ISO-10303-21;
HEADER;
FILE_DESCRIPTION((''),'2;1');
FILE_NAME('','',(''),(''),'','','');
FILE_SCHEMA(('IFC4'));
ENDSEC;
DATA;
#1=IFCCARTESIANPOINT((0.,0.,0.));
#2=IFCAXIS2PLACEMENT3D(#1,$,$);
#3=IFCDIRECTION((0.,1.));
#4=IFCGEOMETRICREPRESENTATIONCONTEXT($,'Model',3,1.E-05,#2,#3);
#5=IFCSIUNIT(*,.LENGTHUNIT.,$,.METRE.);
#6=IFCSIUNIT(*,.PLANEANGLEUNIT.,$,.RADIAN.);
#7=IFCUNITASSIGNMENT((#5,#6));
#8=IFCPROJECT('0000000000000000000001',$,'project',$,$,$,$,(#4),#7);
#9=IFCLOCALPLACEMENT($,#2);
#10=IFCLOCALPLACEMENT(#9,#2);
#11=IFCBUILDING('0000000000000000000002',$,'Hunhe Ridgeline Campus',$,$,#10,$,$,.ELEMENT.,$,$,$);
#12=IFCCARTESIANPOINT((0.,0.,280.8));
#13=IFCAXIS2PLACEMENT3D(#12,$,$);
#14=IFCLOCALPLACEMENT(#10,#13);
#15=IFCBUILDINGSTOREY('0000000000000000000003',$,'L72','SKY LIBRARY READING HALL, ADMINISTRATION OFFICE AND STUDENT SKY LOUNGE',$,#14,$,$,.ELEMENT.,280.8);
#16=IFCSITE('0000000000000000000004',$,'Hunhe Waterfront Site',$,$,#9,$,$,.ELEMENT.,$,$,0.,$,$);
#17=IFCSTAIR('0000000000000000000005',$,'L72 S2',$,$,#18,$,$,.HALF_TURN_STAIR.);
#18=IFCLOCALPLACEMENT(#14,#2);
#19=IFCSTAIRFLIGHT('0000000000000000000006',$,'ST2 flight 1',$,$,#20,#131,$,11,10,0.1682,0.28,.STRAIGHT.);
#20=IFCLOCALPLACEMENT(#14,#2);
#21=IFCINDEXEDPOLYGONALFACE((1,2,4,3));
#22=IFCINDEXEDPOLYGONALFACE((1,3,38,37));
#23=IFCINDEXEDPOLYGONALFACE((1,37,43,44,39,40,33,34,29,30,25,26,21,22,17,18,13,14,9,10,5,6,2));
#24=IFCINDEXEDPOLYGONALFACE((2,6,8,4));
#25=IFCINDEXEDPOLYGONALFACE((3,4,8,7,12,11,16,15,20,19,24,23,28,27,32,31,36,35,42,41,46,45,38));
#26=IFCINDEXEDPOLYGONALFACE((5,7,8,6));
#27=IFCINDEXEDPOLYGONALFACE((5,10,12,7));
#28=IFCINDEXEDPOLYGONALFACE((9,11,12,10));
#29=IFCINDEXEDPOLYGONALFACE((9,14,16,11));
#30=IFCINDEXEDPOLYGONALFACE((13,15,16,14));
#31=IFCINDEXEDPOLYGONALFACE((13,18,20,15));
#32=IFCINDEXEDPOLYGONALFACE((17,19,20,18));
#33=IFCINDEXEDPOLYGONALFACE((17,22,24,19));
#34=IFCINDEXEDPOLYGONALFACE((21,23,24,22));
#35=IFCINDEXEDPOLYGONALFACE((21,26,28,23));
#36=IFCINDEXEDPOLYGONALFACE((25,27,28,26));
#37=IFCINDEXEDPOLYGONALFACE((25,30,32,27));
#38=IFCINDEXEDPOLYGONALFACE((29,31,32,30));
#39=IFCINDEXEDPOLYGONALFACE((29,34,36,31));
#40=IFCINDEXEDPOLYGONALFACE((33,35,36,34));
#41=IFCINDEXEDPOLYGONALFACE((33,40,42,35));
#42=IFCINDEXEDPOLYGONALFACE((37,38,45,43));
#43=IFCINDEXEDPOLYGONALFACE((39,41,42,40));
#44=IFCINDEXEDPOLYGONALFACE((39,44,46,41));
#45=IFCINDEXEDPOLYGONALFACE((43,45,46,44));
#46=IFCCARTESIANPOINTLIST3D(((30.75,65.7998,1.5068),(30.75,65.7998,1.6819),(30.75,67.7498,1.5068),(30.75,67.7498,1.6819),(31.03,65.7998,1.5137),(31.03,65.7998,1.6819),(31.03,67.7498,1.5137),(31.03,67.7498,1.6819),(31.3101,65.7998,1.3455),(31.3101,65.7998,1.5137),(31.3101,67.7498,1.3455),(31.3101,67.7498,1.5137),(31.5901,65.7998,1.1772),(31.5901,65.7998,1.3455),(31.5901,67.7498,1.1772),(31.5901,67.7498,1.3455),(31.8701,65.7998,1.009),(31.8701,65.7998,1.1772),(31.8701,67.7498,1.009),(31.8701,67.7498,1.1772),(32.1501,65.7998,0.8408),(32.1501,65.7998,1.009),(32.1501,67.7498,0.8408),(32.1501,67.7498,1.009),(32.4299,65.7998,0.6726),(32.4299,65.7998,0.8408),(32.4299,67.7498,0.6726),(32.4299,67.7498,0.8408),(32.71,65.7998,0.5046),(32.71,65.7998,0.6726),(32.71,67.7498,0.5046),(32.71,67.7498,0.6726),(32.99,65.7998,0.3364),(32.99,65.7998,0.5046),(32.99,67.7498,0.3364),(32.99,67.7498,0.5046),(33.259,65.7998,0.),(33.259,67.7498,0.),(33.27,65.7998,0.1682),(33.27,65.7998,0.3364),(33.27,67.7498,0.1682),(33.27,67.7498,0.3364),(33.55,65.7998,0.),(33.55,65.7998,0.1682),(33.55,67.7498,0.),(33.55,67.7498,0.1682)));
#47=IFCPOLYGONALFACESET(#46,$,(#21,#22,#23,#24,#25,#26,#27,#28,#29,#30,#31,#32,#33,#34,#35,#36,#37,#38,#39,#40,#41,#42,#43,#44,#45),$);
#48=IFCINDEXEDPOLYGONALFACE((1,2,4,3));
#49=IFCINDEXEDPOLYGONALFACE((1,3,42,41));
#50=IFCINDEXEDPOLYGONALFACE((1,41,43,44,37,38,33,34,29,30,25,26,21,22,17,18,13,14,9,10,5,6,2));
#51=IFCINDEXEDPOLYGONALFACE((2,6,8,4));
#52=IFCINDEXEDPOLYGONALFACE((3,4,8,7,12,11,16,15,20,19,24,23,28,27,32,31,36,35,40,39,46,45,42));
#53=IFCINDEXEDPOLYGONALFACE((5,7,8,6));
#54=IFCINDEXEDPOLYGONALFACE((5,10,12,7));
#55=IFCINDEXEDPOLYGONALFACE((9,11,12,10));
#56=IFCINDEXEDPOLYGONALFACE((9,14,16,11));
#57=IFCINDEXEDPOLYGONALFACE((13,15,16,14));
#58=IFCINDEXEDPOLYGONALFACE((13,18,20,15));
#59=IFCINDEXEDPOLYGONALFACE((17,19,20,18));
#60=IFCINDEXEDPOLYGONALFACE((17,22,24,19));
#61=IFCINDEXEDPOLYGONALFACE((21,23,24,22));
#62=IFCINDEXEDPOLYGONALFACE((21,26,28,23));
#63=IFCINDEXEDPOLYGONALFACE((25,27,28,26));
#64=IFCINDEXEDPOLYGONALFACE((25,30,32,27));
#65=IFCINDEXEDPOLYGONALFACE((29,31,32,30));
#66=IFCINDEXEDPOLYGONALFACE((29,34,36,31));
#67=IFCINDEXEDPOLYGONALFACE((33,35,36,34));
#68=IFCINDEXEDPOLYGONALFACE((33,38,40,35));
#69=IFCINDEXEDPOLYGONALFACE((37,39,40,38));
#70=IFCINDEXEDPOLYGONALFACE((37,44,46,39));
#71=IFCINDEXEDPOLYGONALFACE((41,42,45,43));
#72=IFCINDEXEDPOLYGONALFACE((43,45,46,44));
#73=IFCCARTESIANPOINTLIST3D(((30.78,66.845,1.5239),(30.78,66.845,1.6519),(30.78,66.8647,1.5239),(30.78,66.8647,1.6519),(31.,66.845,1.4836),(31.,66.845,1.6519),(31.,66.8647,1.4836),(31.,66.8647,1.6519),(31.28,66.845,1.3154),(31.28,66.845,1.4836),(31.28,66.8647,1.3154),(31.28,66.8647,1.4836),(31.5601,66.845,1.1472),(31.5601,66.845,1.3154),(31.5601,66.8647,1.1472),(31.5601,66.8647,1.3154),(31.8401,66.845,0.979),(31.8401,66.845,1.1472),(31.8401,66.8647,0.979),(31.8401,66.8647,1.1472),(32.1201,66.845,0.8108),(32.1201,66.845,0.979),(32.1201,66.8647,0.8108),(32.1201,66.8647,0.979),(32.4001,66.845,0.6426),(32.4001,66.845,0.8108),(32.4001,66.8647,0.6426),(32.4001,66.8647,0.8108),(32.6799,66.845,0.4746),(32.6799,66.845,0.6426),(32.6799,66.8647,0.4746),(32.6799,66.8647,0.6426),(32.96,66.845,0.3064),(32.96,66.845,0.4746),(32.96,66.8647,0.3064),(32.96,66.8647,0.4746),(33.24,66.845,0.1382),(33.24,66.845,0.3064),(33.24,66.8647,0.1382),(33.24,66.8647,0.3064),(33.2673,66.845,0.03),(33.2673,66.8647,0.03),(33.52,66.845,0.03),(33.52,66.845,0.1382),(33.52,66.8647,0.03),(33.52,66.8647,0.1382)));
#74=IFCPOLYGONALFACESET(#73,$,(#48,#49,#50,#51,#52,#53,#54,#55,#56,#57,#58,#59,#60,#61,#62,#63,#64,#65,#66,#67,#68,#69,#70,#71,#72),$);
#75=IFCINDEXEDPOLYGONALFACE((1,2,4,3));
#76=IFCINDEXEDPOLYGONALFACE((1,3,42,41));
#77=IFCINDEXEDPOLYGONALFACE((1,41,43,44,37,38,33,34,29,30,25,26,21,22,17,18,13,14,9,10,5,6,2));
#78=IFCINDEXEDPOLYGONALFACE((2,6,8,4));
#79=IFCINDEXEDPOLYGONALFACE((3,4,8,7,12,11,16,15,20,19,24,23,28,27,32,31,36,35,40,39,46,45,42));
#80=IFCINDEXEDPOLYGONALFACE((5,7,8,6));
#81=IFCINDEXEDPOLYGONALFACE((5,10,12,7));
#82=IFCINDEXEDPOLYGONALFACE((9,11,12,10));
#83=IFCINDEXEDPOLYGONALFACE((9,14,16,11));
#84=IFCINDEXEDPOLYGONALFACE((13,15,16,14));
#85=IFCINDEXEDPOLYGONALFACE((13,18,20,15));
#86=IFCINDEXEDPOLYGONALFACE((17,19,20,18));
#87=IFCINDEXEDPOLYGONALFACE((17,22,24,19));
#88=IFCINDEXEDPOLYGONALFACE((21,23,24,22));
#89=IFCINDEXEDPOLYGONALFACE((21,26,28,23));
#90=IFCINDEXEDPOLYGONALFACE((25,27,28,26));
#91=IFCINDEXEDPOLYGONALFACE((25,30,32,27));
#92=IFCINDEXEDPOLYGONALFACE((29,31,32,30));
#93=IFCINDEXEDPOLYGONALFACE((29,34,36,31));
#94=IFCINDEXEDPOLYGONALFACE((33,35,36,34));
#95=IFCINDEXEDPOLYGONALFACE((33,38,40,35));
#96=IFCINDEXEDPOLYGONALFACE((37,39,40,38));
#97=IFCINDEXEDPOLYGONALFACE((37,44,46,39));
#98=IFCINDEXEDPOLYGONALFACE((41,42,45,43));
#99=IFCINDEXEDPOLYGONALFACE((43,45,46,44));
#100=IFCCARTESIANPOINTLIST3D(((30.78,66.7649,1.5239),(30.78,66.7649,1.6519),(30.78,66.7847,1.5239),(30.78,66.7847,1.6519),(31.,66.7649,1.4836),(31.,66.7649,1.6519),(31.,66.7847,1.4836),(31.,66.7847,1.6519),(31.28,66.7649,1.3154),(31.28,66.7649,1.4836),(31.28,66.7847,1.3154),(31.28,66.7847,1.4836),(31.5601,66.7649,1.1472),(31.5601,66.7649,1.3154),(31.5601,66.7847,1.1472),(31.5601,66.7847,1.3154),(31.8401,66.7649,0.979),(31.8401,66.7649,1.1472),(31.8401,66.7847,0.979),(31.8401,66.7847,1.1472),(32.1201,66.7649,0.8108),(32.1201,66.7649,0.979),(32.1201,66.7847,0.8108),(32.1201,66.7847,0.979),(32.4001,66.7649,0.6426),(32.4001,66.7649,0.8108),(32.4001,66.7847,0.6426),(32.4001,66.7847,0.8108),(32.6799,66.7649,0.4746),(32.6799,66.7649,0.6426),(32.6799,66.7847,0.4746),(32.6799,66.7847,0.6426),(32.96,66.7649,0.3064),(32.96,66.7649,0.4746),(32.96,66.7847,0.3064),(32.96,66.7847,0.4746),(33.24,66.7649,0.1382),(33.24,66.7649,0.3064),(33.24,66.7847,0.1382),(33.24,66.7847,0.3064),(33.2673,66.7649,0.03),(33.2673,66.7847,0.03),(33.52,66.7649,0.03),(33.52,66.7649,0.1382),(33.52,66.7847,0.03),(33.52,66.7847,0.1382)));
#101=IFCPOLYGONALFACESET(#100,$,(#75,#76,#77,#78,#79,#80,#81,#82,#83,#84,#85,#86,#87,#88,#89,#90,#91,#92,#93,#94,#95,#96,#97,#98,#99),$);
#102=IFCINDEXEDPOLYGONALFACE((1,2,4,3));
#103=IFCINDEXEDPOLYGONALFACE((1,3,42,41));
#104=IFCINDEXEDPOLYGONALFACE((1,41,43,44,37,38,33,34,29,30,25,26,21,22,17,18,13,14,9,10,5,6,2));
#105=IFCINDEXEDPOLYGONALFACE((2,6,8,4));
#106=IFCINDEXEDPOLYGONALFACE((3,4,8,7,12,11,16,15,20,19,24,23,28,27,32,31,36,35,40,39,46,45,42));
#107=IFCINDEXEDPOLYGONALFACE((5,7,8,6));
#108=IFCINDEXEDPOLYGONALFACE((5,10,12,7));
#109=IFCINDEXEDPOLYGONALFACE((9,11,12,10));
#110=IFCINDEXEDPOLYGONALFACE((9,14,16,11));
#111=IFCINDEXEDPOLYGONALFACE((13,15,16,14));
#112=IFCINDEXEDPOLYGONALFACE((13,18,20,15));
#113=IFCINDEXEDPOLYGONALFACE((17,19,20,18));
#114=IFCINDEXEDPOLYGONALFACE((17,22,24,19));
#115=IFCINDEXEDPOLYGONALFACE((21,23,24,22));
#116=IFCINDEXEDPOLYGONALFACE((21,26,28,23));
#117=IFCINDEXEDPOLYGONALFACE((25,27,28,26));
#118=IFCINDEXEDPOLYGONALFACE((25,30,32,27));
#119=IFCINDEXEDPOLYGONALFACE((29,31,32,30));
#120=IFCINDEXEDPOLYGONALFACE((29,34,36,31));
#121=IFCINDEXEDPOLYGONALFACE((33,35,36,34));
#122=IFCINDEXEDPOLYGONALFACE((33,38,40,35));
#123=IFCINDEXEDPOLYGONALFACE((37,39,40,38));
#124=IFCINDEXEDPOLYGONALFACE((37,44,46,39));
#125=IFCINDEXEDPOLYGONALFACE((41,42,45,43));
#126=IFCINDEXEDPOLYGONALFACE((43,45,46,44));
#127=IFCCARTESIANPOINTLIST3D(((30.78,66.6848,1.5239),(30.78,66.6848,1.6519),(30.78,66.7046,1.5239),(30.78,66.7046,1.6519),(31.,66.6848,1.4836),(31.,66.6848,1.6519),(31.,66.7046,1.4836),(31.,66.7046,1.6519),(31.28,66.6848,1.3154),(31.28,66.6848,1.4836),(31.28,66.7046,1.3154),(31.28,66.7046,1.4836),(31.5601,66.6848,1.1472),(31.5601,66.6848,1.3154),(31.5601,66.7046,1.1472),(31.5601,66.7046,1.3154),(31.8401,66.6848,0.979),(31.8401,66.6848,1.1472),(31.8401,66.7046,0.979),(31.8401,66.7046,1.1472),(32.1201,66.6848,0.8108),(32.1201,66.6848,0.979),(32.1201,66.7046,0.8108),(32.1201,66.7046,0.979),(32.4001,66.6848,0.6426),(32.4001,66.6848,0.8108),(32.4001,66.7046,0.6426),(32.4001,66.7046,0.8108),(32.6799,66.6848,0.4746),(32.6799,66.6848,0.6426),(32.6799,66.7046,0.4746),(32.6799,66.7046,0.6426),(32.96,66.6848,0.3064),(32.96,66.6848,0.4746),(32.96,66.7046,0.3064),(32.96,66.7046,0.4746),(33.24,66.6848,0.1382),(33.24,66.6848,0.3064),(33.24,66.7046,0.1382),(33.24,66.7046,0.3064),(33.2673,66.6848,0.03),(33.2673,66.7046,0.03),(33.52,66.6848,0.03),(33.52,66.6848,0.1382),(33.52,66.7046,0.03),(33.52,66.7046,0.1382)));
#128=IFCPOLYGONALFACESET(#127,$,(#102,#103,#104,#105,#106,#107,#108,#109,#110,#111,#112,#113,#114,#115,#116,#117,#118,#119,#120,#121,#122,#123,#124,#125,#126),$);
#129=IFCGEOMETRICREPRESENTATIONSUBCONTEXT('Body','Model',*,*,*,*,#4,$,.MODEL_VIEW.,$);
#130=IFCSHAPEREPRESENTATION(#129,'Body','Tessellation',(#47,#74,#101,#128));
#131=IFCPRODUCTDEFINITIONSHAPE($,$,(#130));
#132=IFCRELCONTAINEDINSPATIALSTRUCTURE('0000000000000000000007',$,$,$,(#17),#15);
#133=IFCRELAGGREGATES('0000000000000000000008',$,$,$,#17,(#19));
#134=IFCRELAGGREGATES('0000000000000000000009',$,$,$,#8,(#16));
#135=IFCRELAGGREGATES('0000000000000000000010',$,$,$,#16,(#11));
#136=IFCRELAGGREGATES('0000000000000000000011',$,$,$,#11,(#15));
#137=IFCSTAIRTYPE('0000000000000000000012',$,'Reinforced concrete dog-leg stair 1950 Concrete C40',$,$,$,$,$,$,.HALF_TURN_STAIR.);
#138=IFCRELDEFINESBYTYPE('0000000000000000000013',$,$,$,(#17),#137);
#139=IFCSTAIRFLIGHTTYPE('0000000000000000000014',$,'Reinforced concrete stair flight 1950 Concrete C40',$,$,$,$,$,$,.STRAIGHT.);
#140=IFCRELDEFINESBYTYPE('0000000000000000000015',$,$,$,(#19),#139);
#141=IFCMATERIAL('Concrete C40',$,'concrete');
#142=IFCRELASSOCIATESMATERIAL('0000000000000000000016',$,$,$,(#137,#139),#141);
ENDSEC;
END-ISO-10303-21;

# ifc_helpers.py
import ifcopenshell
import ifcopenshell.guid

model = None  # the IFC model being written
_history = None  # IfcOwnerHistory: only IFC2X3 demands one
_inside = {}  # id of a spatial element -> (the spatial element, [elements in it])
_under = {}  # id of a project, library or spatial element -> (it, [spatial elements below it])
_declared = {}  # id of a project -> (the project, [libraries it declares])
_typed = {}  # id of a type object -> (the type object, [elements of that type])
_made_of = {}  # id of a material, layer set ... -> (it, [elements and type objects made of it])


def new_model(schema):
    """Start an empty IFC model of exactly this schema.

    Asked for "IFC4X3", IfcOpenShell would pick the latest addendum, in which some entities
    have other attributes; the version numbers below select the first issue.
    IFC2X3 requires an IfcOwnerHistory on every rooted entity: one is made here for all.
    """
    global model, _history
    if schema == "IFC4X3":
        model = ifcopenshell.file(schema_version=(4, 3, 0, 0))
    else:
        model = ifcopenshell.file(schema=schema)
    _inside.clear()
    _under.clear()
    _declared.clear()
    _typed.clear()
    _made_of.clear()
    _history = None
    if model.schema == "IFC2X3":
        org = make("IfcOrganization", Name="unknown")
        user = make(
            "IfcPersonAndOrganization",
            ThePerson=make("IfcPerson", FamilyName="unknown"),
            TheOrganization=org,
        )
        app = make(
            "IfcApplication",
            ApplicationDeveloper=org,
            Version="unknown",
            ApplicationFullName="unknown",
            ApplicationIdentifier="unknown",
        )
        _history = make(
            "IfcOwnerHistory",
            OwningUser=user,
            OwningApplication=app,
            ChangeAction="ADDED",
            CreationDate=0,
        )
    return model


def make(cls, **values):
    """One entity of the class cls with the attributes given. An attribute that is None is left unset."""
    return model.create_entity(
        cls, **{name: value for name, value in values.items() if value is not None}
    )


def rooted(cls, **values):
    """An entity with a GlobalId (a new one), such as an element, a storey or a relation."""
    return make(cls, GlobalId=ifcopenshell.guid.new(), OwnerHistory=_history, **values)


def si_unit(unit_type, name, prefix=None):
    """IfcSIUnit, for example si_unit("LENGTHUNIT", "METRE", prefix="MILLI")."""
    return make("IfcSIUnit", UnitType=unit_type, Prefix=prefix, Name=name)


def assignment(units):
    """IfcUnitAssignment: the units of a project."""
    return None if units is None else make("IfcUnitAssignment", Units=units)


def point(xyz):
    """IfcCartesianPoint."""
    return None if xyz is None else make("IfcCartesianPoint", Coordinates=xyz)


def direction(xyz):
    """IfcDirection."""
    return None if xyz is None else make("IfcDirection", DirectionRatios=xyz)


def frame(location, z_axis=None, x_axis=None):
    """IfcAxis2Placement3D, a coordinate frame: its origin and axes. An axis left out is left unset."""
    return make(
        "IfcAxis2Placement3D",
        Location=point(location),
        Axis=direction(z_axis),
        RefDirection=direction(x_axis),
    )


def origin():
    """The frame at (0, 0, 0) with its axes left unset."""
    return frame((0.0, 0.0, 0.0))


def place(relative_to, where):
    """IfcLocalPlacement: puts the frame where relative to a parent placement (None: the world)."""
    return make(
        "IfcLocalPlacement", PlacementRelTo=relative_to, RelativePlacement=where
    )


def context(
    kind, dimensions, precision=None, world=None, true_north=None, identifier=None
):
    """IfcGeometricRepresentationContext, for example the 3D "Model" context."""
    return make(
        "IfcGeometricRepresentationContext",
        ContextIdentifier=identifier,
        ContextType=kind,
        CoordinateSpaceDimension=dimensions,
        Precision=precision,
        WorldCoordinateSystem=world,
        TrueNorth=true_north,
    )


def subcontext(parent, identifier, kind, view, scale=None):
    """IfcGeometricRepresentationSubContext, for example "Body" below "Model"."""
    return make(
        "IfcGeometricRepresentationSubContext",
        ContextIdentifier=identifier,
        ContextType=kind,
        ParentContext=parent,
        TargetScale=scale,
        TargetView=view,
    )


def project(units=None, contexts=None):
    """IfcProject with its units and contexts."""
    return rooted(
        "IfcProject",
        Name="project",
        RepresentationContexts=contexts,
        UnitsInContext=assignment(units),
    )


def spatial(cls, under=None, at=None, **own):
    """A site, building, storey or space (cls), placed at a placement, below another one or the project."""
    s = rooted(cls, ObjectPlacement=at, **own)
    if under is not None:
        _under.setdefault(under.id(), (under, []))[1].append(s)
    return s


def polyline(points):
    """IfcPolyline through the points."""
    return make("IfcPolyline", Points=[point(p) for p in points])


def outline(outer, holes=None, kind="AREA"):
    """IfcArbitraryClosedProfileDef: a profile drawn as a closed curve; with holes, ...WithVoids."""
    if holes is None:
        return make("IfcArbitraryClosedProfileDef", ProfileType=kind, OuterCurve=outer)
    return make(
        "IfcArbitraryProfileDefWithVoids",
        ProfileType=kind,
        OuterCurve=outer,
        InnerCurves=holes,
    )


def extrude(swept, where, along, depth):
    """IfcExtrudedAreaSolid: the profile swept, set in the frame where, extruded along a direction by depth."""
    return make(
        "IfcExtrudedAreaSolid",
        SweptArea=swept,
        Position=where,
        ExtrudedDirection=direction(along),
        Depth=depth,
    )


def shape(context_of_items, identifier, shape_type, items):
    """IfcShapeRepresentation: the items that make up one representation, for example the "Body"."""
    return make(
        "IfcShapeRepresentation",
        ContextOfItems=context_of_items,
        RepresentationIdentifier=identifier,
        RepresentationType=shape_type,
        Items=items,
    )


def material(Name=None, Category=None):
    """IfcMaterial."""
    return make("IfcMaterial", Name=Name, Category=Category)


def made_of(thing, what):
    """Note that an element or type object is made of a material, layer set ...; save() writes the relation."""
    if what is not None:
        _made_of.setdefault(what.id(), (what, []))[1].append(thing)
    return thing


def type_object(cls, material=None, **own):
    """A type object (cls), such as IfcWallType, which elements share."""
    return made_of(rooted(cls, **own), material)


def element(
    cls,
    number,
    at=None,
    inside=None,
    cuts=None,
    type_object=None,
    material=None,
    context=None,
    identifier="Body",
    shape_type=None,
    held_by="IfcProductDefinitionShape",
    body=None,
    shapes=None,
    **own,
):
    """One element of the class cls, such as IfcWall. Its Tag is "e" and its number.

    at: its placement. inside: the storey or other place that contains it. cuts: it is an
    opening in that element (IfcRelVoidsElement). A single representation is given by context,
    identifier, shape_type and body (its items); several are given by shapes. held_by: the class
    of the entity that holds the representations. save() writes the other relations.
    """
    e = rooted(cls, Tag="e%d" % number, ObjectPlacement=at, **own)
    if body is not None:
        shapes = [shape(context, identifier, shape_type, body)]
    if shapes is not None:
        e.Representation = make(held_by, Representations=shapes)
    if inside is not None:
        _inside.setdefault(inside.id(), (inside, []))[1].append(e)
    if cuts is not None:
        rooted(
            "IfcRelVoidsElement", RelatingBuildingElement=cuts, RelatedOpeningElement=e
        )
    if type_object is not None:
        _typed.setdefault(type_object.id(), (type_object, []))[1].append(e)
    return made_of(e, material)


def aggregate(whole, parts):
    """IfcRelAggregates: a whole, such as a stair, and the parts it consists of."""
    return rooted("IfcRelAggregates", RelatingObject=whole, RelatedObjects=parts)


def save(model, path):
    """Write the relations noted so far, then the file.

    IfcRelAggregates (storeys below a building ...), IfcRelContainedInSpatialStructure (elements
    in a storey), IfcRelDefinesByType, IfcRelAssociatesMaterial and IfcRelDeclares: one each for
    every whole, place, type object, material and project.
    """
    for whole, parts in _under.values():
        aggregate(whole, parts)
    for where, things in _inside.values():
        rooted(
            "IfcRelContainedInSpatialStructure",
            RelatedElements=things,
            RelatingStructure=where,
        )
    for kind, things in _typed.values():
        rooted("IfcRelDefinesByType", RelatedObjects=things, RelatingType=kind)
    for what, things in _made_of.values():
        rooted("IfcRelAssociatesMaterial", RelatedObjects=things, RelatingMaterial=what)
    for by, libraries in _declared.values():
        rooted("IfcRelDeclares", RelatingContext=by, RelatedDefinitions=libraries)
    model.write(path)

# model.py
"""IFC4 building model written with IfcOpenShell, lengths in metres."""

from ifc_helpers import new_model, si_unit, direction, frame, origin, place, context, subcontext, project, spatial, polyline, outline, extrude, material, type_object, element, aggregate, save


model = new_model("IFC4")

# Units and contexts
model_context = context("Model", 3, precision=1e-05, world=origin(), true_north=direction((0.0, 1.0)))
body_context = subcontext(model_context, "Body", "Model", "MODEL_VIEW")
ifc_project = project(units=[si_unit("LENGTHUNIT", "METRE"), si_unit("PLANEANGLEUNIT", "RADIAN")], contexts=[model_context])

# Site, building, storey
site_placement = place(None, origin())
site = spatial("IfcSite", under=ifc_project, at=site_placement, Name="Hunhe Waterfront Site", CompositionType="ELEMENT", RefElevation=0.0)
building_placement = place(site_placement, origin())
building = spatial("IfcBuilding", under=site, at=building_placement, Name="Hunhe Ridgeline Campus", CompositionType="ELEMENT")
storey_placement = place(building_placement, frame((0.0, 0.0, 280.8)))
storey = spatial("IfcBuildingStorey", under=building, at=storey_placement, Name="L72", Description="SKY LIBRARY READING HALL, ADMINISTRATION OFFICE AND STUDENT SKY LOUNGE", CompositionType="ELEMENT", Elevation=280.8)

# Stair, stair flight
ifc_material_1 = material(Name="Concrete C40", Category="concrete")
stair_type = type_object("IfcStairType", Name="Reinforced concrete dog-leg stair 1950 Concrete C40", PredefinedType="HALF_TURN_STAIR", material=ifc_material_1)
stair_placement = place(storey_placement, origin())
stair = element("IfcStair", 1, at=stair_placement, inside=storey, type_object=stair_type, Name="L72 S2", PredefinedType="HALF_TURN_STAIR")
stair_flight_type = type_object("IfcStairFlightType", Name="Reinforced concrete stair flight 1950 Concrete C40", PredefinedType="STRAIGHT", material=ifc_material_1)
stair_flight_placement = place(storey_placement, frame((33.55, 66.7749, 0.0), z_axis=(0.0, 0.0, 1.0), x_axis=(-1.0, 0.0, 0.0)))
stair_flight = element("IfcStairFlight", 2, at=stair_flight_placement, type_object=stair_flight_type, Name="ST2 flight 1", NumberOfRisers=11, NumberOfTreads=10, PredefinedType="STRAIGHT", RiserHeight=0.1682, TreadLength=0.28, context=body_context, shape_type="SweptSolid", body=[
    extrude(outline(polyline([(0.0, 0.0), (0.0, 0.1682), (0.28, 0.1682), (0.28, 0.3364), (0.5601, 0.3364), (0.5601, 0.5046), (0.8401, 0.5046), (0.8401, 0.6726), (1.1201, 0.6726), (1.1201, 0.8408), (1.3999, 0.8408), (1.3999, 1.009), (1.6799, 1.009), (1.6799, 1.1772), (1.96, 1.1772), (1.96, 1.3455), (2.24, 1.3455), (2.24, 1.5137), (2.52, 1.5137), (2.52, 1.6819), (2.8, 1.6819), (2.8, 1.8501), (2.8, 1.5068), (0.291, 0.0), (0.0, 0.0)])), frame((0.0, 0.9751, 0.0), z_axis=(0.0, -1.0, 0.0), x_axis=(1.0, 0.0, 0.0)), (0.0, 0.0, 1.0), 1.95),
    extrude(outline(polyline([(0.03, 0.03), (0.03, 0.1382), (0.3101, 0.1382), (0.3101, 0.3064), (0.5901, 0.3064), (0.5901, 0.4746), (0.8701, 0.4746), (0.8701, 0.6426), (1.1499, 0.6426), (1.1499, 0.8108), (1.4299, 0.8108), (1.4299, 0.979), (1.71, 0.979), (1.71, 1.1472), (1.99, 1.1472), (1.99, 1.3154), (2.27, 1.3154), (2.27, 1.4836), (2.55, 1.4836), (2.55, 1.6519), (2.77, 1.6519), (2.77, 1.5239), (0.2827, 0.03), (0.03, 0.03)])), frame((0.0, -0.0701, 0.0), z_axis=(0.0, -1.0, 0.0), x_axis=(1.0, 0.0, 0.0)), (0.0, 0.0, 1.0), 0.0198),
    extrude(outline(polyline([(0.03, 0.03), (0.03, 0.1382), (0.3101, 0.1382), (0.3101, 0.3064), (0.5901, 0.3064), (0.5901, 0.4746), (0.8701, 0.4746), (0.8701, 0.6426), (1.1499, 0.6426), (1.1499, 0.8108), (1.4299, 0.8108), (1.4299, 0.979), (1.71, 0.979), (1.71, 1.1472), (1.99, 1.1472), (1.99, 1.3154), (2.27, 1.3154), (2.27, 1.4836), (2.55, 1.4836), (2.55, 1.6519), (2.77, 1.6519), (2.77, 1.5239), (0.2827, 0.03), (0.03, 0.03)])), frame((0.0, 0.01, 0.0), z_axis=(0.0, -1.0, 0.0), x_axis=(1.0, 0.0, 0.0)), (0.0, 0.0, 1.0), 0.0198),
    extrude(outline(polyline([(0.03, 0.03), (0.03, 0.1382), (0.3101, 0.1382), (0.3101, 0.3064), (0.5901, 0.3064), (0.5901, 0.4746), (0.8701, 0.4746), (0.8701, 0.6426), (1.1499, 0.6426), (1.1499, 0.8108), (1.4299, 0.8108), (1.4299, 0.979), (1.71, 0.979), (1.71, 1.1472), (1.99, 1.1472), (1.99, 1.3154), (2.27, 1.3154), (2.27, 1.4836), (2.55, 1.4836), (2.55, 1.6519), (2.77, 1.6519), (2.77, 1.5239), (0.2827, 0.03), (0.03, 0.03)])), frame((0.0, 0.0901, 0.0), z_axis=(0.0, -1.0, 0.0), x_axis=(1.0, 0.0, 0.0)), (0.0, 0.0, 1.0), 0.0198),
])
aggregate(stair, [stair_flight])

save(model, "model.ifc")
